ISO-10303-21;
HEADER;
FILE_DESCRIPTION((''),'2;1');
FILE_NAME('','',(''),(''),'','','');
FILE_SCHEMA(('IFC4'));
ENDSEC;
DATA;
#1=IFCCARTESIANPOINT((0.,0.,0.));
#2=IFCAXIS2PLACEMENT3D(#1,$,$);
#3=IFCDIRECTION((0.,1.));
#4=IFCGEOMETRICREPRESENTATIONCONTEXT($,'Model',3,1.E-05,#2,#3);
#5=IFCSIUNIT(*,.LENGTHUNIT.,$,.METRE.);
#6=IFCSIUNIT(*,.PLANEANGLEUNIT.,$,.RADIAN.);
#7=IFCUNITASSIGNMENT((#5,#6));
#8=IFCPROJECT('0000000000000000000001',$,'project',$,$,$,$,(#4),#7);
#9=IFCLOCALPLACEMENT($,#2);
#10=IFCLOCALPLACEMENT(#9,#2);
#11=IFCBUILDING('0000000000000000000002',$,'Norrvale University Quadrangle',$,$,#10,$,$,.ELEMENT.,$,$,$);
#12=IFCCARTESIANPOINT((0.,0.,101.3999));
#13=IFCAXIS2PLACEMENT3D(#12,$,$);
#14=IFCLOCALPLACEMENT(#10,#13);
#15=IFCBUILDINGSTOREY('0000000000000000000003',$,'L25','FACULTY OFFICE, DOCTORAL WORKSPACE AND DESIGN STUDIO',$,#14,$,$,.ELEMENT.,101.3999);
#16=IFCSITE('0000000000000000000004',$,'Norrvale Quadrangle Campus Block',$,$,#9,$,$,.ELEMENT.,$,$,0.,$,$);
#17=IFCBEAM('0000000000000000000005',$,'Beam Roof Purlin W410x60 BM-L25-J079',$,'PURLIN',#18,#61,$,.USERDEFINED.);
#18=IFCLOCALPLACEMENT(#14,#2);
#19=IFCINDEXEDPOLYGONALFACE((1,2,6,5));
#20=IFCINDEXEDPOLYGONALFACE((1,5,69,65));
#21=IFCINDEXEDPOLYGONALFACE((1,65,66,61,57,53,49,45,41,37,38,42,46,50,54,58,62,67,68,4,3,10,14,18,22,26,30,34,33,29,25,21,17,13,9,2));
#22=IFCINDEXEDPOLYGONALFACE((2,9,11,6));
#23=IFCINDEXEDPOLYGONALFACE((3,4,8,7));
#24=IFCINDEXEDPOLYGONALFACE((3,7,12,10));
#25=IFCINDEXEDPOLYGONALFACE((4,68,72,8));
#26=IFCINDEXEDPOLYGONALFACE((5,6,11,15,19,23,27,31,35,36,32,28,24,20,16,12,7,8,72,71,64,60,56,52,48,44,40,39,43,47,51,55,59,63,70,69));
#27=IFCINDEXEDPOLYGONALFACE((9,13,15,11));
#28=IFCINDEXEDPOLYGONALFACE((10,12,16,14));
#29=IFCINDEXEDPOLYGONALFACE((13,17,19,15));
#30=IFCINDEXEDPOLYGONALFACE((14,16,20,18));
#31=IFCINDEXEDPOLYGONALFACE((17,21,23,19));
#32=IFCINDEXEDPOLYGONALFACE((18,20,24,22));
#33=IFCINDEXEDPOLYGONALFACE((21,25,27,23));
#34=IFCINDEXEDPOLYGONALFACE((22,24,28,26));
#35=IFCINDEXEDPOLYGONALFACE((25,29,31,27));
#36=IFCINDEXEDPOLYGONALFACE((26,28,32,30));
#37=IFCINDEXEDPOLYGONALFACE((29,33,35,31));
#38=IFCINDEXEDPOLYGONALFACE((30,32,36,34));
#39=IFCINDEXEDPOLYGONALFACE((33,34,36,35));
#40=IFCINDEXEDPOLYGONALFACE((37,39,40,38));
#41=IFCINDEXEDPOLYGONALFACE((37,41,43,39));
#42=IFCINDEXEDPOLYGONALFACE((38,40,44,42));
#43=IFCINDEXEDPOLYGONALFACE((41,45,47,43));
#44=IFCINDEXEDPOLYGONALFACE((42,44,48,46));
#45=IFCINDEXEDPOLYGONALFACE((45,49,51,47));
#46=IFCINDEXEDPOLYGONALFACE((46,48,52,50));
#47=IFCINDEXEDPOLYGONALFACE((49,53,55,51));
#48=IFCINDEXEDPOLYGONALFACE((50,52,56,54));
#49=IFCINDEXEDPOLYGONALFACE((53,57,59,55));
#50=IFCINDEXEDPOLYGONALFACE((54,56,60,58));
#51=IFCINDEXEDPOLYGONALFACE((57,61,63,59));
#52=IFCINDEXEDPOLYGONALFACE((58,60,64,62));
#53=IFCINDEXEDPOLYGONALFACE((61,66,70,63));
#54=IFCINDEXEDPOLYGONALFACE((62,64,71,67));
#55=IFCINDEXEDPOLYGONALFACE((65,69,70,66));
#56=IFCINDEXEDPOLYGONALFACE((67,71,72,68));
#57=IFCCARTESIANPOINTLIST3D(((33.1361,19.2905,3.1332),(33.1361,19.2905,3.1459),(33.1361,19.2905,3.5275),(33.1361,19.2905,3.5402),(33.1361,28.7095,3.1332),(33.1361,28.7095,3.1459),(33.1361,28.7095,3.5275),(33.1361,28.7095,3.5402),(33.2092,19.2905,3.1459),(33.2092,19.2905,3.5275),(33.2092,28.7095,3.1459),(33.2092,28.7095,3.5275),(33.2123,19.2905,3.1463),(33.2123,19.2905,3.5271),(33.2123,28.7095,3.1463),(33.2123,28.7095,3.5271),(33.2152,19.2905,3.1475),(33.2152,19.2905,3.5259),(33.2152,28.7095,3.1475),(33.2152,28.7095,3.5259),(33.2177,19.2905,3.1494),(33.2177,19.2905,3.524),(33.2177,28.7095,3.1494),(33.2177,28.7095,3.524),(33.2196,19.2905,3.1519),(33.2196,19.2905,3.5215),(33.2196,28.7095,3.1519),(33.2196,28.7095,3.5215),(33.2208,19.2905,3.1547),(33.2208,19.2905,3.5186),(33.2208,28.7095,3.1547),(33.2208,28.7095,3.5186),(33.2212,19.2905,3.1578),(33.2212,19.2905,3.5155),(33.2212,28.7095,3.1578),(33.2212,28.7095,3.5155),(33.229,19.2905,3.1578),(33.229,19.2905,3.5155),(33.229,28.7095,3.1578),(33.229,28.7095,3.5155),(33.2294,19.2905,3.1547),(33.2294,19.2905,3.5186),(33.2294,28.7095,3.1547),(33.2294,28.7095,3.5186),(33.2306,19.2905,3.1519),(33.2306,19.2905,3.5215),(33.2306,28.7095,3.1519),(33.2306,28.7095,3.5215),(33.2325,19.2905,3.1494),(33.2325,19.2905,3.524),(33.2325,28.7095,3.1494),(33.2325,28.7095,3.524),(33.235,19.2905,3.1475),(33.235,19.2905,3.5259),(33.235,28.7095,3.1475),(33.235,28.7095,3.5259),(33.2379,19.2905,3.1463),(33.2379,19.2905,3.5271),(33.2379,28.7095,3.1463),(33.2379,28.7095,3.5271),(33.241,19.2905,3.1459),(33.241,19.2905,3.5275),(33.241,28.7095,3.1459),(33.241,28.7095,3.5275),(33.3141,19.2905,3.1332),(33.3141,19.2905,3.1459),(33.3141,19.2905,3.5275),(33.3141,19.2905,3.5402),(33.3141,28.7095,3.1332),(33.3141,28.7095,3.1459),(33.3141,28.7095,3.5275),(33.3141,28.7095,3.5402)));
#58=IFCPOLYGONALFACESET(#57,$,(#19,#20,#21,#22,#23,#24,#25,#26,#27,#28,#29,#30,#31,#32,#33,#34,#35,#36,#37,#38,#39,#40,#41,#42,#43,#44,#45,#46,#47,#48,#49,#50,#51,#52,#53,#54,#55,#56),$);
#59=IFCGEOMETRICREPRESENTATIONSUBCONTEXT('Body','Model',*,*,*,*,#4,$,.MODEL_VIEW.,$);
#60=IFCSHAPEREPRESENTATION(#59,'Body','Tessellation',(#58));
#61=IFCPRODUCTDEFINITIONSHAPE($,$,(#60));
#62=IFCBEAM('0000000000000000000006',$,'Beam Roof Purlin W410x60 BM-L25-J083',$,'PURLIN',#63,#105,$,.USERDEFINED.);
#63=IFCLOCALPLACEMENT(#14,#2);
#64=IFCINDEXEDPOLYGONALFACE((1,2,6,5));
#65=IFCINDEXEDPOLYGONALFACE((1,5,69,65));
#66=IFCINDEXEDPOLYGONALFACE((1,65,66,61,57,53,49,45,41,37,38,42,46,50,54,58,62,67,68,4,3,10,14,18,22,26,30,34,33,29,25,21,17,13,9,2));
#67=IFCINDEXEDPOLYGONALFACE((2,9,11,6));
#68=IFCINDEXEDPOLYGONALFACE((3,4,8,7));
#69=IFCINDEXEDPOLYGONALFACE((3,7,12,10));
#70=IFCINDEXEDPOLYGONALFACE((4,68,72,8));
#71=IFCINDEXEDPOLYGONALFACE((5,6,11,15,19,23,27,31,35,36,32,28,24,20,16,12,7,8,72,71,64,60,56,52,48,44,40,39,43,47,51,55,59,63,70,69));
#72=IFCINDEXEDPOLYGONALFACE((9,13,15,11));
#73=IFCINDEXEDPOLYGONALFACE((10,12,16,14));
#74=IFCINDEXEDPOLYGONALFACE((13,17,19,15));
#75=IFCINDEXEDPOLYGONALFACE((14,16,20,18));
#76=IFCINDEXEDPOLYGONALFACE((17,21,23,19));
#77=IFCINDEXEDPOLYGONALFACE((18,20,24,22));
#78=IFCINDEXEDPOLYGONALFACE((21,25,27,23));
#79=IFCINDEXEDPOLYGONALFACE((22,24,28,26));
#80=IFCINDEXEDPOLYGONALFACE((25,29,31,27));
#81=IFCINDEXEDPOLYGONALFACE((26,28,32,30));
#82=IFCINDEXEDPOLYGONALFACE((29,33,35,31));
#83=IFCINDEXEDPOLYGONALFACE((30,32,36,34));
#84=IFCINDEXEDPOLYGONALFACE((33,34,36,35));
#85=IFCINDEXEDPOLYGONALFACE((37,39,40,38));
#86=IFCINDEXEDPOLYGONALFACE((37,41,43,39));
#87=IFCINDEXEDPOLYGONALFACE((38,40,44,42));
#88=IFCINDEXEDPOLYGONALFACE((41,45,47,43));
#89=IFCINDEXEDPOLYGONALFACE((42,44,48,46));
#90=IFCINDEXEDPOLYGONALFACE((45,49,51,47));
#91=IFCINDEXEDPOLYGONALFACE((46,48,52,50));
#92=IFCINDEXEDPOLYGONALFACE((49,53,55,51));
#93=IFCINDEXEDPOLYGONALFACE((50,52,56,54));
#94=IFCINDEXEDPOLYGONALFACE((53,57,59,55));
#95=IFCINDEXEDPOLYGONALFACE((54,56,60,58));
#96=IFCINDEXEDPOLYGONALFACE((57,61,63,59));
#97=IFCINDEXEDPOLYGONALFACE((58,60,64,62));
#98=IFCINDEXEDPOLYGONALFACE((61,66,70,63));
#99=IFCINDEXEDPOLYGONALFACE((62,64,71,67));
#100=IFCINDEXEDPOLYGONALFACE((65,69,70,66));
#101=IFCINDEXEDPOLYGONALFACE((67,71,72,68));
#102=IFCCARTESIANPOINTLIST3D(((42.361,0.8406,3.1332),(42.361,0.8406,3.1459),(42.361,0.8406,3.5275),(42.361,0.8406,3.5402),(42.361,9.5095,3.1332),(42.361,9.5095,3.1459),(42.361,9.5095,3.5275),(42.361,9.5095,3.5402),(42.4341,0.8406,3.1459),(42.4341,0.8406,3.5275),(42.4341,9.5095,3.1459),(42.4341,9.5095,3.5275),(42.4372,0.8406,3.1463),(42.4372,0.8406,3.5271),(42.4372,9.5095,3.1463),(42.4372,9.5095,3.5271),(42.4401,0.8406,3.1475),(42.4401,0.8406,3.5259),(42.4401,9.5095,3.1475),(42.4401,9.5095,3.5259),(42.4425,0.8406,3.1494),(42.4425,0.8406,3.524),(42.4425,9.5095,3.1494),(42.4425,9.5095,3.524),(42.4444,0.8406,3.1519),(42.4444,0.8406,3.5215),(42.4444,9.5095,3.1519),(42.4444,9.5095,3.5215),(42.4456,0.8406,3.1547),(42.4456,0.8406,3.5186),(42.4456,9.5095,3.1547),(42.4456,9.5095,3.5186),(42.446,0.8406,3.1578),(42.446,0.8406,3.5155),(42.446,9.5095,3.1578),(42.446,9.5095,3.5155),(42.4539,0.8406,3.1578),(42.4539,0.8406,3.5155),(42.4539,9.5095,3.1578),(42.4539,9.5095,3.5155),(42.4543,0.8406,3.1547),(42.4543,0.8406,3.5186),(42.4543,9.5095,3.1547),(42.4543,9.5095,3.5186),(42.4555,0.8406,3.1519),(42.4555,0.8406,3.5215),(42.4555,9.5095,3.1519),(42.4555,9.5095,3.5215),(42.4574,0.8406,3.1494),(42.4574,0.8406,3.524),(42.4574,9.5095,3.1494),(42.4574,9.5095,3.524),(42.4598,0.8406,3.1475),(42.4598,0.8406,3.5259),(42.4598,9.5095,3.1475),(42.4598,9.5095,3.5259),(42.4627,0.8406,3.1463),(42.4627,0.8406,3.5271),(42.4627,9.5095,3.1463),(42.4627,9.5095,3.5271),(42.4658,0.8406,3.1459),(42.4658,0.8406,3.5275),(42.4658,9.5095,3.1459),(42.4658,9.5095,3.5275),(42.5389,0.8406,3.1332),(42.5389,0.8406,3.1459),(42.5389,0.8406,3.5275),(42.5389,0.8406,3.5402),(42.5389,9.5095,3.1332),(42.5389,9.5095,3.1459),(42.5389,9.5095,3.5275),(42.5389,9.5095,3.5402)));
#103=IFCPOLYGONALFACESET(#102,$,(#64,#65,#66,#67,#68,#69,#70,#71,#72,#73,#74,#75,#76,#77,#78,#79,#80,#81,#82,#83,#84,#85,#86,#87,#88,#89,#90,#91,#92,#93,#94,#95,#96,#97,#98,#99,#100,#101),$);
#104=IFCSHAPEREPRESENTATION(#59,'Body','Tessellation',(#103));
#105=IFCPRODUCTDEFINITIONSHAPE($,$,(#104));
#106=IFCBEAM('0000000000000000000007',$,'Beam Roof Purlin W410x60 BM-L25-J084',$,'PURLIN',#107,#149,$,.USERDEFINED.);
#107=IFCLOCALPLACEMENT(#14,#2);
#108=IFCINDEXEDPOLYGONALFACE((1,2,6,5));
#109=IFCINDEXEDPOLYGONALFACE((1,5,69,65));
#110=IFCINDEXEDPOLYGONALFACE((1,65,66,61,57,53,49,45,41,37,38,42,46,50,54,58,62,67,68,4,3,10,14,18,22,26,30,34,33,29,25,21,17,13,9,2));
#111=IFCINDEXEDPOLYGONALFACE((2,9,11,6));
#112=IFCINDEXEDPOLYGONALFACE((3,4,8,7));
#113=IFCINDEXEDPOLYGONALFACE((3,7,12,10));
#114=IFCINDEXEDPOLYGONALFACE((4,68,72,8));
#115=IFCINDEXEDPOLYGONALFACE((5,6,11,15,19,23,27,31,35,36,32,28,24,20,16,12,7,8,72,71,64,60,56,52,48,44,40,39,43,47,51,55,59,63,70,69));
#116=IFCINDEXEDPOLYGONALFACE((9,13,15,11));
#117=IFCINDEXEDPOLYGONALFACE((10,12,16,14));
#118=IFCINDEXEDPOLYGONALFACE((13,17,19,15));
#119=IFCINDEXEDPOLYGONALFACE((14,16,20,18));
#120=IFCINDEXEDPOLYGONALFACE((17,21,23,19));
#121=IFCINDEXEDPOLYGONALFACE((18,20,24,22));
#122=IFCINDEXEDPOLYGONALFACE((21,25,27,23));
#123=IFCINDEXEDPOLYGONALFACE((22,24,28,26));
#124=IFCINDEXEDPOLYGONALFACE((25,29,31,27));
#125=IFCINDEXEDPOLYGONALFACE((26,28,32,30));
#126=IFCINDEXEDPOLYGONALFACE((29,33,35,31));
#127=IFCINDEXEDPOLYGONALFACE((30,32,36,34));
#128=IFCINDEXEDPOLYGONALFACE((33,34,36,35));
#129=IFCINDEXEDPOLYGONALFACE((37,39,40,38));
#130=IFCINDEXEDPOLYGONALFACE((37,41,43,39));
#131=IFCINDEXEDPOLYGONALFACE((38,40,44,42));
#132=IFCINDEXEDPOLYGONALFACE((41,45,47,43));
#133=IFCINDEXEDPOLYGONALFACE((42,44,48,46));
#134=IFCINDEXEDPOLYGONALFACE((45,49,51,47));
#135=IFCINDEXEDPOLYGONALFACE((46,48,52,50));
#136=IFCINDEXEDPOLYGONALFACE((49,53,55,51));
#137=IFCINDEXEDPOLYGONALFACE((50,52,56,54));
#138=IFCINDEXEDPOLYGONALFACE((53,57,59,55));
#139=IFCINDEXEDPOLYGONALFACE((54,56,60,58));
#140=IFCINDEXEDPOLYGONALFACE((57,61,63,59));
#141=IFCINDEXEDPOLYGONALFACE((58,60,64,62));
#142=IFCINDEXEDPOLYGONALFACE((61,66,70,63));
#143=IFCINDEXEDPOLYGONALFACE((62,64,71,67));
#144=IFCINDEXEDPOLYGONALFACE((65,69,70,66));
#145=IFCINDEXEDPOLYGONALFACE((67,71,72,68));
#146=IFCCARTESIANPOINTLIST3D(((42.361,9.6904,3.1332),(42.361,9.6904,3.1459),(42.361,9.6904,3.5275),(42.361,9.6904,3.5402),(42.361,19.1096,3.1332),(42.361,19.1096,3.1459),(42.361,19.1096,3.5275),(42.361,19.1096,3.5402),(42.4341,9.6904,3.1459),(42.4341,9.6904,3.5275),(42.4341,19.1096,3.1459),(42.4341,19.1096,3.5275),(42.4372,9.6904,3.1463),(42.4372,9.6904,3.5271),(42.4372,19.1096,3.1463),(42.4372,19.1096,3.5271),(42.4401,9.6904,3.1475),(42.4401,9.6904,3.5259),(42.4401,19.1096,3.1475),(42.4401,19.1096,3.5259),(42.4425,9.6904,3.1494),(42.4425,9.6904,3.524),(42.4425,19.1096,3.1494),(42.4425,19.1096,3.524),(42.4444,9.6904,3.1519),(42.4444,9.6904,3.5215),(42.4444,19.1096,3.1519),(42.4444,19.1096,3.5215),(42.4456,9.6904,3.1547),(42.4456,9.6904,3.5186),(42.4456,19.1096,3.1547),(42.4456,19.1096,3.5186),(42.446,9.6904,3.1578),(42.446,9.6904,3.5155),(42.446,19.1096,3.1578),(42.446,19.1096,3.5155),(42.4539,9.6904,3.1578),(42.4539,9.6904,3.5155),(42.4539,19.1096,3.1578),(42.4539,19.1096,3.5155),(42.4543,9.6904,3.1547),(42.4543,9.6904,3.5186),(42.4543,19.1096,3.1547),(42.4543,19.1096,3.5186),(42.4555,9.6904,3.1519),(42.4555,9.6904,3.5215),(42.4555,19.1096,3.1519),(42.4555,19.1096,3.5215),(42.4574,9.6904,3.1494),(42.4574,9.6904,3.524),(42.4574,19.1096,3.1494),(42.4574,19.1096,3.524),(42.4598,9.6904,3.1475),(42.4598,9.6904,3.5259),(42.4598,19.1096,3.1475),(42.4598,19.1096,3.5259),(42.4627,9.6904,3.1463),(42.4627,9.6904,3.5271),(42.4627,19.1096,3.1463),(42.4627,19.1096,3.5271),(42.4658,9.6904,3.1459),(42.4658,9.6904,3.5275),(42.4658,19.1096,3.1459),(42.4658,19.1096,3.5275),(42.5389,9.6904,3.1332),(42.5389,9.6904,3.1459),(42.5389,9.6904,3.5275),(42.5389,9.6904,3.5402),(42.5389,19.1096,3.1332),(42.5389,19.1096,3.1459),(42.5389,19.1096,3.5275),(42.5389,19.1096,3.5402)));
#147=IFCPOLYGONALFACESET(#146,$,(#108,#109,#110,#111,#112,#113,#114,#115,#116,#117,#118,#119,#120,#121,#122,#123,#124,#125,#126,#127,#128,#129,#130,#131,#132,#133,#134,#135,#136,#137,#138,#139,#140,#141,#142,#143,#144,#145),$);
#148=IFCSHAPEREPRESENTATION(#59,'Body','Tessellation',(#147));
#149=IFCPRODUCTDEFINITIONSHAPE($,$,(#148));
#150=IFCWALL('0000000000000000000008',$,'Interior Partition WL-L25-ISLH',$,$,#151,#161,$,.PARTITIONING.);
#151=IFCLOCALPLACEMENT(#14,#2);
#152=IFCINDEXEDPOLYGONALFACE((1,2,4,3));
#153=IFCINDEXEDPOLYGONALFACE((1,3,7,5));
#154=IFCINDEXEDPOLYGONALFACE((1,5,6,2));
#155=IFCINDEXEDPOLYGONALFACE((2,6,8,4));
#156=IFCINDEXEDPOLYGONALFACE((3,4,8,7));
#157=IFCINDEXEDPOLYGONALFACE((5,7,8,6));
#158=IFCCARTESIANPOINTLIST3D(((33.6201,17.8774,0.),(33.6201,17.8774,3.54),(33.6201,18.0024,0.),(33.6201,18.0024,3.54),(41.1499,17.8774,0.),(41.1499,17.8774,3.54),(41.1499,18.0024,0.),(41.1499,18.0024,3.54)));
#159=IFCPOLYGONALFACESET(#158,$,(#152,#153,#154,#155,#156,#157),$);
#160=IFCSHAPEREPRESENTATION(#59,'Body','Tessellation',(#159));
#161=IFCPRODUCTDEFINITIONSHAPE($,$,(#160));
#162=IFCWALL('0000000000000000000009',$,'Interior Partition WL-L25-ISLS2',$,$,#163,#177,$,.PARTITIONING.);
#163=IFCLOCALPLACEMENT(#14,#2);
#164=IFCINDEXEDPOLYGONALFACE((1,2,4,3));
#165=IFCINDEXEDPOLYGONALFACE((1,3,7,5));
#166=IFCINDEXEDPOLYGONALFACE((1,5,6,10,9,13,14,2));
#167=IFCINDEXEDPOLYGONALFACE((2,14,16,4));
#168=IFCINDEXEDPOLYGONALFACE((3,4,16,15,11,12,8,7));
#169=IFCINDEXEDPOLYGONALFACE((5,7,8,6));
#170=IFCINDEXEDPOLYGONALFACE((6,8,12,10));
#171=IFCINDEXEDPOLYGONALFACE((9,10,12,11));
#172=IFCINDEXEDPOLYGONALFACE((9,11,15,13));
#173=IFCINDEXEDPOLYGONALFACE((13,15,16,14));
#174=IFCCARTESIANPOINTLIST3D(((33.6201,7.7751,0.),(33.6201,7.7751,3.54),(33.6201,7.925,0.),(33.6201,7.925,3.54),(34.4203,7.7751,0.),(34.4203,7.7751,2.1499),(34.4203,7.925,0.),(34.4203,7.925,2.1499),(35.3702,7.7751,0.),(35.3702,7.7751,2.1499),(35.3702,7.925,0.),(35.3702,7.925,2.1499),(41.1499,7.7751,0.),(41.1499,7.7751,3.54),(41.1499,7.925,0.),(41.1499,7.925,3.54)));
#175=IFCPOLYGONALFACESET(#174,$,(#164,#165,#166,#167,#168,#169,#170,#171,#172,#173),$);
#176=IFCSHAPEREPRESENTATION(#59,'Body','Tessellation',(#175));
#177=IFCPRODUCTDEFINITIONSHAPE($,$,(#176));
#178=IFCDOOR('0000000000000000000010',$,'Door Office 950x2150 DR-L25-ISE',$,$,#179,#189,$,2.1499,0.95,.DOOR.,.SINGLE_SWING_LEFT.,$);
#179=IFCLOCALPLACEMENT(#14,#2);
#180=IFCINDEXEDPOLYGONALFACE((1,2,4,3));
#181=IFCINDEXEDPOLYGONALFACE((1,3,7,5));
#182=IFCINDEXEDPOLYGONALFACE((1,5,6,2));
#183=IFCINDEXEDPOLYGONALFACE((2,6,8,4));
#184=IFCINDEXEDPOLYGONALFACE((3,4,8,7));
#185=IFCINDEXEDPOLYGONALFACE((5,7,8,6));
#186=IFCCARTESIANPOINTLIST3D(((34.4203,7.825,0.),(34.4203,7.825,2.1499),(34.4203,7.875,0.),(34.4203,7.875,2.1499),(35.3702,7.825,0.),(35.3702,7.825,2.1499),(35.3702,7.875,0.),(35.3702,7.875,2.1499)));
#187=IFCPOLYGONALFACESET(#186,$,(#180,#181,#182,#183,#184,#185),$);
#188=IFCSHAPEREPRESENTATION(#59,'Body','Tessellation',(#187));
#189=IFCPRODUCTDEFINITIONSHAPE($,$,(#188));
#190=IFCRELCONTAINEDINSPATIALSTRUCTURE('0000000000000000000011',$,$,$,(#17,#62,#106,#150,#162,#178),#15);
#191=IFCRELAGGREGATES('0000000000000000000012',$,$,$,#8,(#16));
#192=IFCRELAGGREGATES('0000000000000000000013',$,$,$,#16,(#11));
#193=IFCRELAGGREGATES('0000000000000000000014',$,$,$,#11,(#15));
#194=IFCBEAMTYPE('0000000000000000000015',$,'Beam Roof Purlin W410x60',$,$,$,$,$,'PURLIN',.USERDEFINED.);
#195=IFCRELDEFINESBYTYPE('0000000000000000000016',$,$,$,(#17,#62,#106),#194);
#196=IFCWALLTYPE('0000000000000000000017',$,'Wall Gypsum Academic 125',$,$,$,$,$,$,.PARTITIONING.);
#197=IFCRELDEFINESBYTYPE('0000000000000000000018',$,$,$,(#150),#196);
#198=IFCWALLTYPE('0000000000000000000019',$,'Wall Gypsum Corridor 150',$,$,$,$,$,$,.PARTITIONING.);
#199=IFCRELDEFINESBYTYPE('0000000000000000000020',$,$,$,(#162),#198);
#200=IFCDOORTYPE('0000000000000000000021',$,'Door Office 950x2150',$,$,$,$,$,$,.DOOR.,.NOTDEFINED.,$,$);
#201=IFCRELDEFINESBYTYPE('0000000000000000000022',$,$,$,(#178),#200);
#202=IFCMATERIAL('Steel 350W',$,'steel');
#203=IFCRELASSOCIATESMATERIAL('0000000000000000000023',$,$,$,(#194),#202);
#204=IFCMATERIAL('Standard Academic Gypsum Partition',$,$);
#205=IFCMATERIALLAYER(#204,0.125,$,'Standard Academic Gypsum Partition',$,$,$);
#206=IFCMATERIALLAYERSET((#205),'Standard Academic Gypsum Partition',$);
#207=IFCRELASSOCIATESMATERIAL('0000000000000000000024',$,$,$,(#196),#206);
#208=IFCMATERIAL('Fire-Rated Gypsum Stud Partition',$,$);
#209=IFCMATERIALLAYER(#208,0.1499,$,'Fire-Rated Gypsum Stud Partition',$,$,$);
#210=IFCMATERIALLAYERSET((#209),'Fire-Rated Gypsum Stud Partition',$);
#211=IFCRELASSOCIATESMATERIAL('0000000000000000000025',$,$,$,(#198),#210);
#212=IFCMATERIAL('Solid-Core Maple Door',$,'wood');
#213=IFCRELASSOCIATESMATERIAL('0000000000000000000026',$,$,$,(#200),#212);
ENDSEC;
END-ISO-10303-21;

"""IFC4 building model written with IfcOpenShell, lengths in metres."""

from ifc_helpers import new_model, si_unit, direction, frame, frame_2d, origin, origin_2d, place, context, subcontext, project, spatial, rectangle, i_section, extrude, material, layer, layer_set, material_profile, profile_set, type_object, element, fill, save


model = new_model("IFC4")

# Units and contexts
model_context = context("Model", 3, precision=1e-05, world=origin(), true_north=direction((0.0, 1.0)))
body_context = subcontext(model_context, "Body", "Model", "MODEL_VIEW")
ifc_project = project(units=[si_unit("LENGTHUNIT", "METRE"), si_unit("PLANEANGLEUNIT", "RADIAN")], contexts=[model_context])

# Site, building, storey
site_placement = place(None, origin())
site = spatial("IfcSite", under=ifc_project, at=site_placement, Name="Norrvale Quadrangle Campus Block", CompositionType="ELEMENT", RefElevation=0.0)
building_placement = place(site_placement, origin())
building = spatial("IfcBuilding", under=site, at=building_placement, Name="Norrvale University Quadrangle", CompositionType="ELEMENT")
storey_placement = place(building_placement, frame((0.0, 0.0, 101.3999)))
storey = spatial("IfcBuildingStorey", under=building, at=storey_placement, Name="L25", Description="FACULTY OFFICE, DOCTORAL WORKSPACE AND DESIGN STUDIO", CompositionType="ELEMENT", Elevation=101.3999)

# Beams
ifc_material_1 = material(Name="Steel 350W", Category="steel")
ifc_material_profile_1 = material_profile(ifc_material_1, i_section(OverallWidth=0.178, OverallDepth=0.407, WebThickness=0.0078, FlangeThickness=0.0127, FilletRadius=0.012, at=origin_2d()), Name="Steel 350W")
ifc_profile_set_1 = profile_set([ifc_material_profile_1], Name="Steel 350W")
beam_type_1 = type_object("IfcBeamType", Name="Beam Roof Purlin W410x60", ElementType="PURLIN", PredefinedType="USERDEFINED", material=ifc_profile_set_1)
beam_1_placement = place(storey_placement, frame((33.2251, 19.2905, 3.3367), z_axis=(0.0, 1.0, 0.0), x_axis=(-1.0, 0.0, 0.0)))
element("IfcBeam", 1, at=beam_1_placement, inside=storey, type_object=beam_type_1, Name="Beam Roof Purlin W410x60 BM-L25-J079", ObjectType="PURLIN", PredefinedType="USERDEFINED", context=body_context, shape_type="SweptSolid", body=[
    extrude(i_section(OverallWidth=0.178, OverallDepth=0.407, WebThickness=0.0078, FlangeThickness=0.0127, FilletRadius=0.012, at=origin_2d()), origin(), (0.0, 0.0, 1.0), 9.4189),
])
beam_2_placement = place(storey_placement, frame((42.45, 0.8406, 3.3367), z_axis=(0.0, 1.0, 0.0), x_axis=(-1.0, 0.0, 0.0)))
element("IfcBeam", 2, at=beam_2_placement, inside=storey, type_object=beam_type_1, Name="Beam Roof Purlin W410x60 BM-L25-J083", ObjectType="PURLIN", PredefinedType="USERDEFINED", context=body_context, shape_type="SweptSolid", body=[
    extrude(i_section(OverallWidth=0.178, OverallDepth=0.407, WebThickness=0.0078, FlangeThickness=0.0127, FilletRadius=0.012, at=origin_2d()), origin(), (0.0, 0.0, 1.0), 8.6689),
])
beam_3_placement = place(storey_placement, frame((42.45, 9.6904, 3.3367), z_axis=(0.0, 1.0, 0.0), x_axis=(-1.0, 0.0, 0.0)))
element("IfcBeam", 3, at=beam_3_placement, inside=storey, type_object=beam_type_1, Name="Beam Roof Purlin W410x60 BM-L25-J084", ObjectType="PURLIN", PredefinedType="USERDEFINED", context=body_context, shape_type="SweptSolid", body=[
    extrude(i_section(OverallWidth=0.178, OverallDepth=0.407, WebThickness=0.0078, FlangeThickness=0.0127, FilletRadius=0.012, at=origin_2d()), origin(), (0.0, 0.0, 1.0), 9.4192),
])

# Wall
ifc_material_2 = material(Name="Standard Academic Gypsum Partition")
ifc_layer_1 = layer(ifc_material_2, 0.125, Name="Standard Academic Gypsum Partition")
ifc_layer_set_1 = layer_set([ifc_layer_1], Name="Standard Academic Gypsum Partition")
wall_type_1 = type_object("IfcWallType", Name="Wall Gypsum Academic 125", PredefinedType="PARTITIONING", material=ifc_layer_set_1)
wall_1_placement = place(storey_placement, frame((33.6201, 17.9399, 0.0), z_axis=(0.0, 0.0, 1.0), x_axis=(1.0, 0.0, 0.0)))
element("IfcWall", 4, at=wall_1_placement, inside=storey, type_object=wall_type_1, Name="Interior Partition WL-L25-ISLH", PredefinedType="PARTITIONING", context=body_context, shape_type="SweptSolid", body=[
    extrude(rectangle(XDim=7.5298, YDim=0.125, at=frame_2d((3.7649, 0.0))), origin(), (0.0, 0.0, 1.0), 3.54),
])

# Wall, opening, door
ifc_material_3 = material(Name="Fire-Rated Gypsum Stud Partition")
ifc_layer_2 = layer(ifc_material_3, 0.1499, Name="Fire-Rated Gypsum Stud Partition")
ifc_layer_set_2 = layer_set([ifc_layer_2], Name="Fire-Rated Gypsum Stud Partition")
wall_type_2 = type_object("IfcWallType", Name="Wall Gypsum Corridor 150", PredefinedType="PARTITIONING", material=ifc_layer_set_2)
wall_2_placement = place(storey_placement, frame((33.6201, 7.8501, 0.0), z_axis=(0.0, 0.0, 1.0), x_axis=(1.0, 0.0, 0.0)))
wall_2 = element("IfcWall", 5, at=wall_2_placement, inside=storey, type_object=wall_type_2, Name="Interior Partition WL-L25-ISLS2", PredefinedType="PARTITIONING", context=body_context, shape_type="SweptSolid", body=[
    extrude(rectangle(XDim=7.5298, YDim=0.1499, at=frame_2d((3.7649, 0.0))), origin(), (0.0, 0.0, 1.0), 3.54),
])
opening_placement = place(wall_2_placement, frame((0.8, 0.0, 0.0)))
opening = element("IfcOpeningElement", 6, at=opening_placement, cuts=wall_2, PredefinedType="OPENING", context=body_context, shape_type="SweptSolid", body=[
    extrude(rectangle(XDim=0.95, YDim=2.1499, at=frame_2d((0.4751, 1.075))), frame((0.0, 0.0869, 0.0), z_axis=(0.0, -1.0, 0.0), x_axis=(1.0, 0.0, 0.0)), (0.0, 0.0, 1.0), 0.1738),
])
ifc_material_4 = material(Name="Solid-Core Maple Door", Category="wood")
door_type = type_object("IfcDoorType", Name="Door Office 950x2150", OperationType="NOTDEFINED", PredefinedType="DOOR", material=ifc_material_4)
door_placement = place(opening_placement, origin())
door = element("IfcDoor", 7, at=door_placement, inside=storey, type_object=door_type, Name="Door Office 950x2150 DR-L25-ISE", OperationType="SINGLE_SWING_LEFT", OverallHeight=2.1499, OverallWidth=0.95, PredefinedType="DOOR", context=body_context, shape_type="SweptSolid", body=[
    extrude(rectangle(XDim=0.95, YDim=2.1499, at=frame_2d((0.4751, 1.075))), frame((0.0, 0.0249, 0.0), z_axis=(0.0, -1.0, 0.0), x_axis=(1.0, 0.0, 0.0)), (0.0, 0.0, 1.0), 0.05),
])
fill(opening, door)

save(model, "model.ifc")
